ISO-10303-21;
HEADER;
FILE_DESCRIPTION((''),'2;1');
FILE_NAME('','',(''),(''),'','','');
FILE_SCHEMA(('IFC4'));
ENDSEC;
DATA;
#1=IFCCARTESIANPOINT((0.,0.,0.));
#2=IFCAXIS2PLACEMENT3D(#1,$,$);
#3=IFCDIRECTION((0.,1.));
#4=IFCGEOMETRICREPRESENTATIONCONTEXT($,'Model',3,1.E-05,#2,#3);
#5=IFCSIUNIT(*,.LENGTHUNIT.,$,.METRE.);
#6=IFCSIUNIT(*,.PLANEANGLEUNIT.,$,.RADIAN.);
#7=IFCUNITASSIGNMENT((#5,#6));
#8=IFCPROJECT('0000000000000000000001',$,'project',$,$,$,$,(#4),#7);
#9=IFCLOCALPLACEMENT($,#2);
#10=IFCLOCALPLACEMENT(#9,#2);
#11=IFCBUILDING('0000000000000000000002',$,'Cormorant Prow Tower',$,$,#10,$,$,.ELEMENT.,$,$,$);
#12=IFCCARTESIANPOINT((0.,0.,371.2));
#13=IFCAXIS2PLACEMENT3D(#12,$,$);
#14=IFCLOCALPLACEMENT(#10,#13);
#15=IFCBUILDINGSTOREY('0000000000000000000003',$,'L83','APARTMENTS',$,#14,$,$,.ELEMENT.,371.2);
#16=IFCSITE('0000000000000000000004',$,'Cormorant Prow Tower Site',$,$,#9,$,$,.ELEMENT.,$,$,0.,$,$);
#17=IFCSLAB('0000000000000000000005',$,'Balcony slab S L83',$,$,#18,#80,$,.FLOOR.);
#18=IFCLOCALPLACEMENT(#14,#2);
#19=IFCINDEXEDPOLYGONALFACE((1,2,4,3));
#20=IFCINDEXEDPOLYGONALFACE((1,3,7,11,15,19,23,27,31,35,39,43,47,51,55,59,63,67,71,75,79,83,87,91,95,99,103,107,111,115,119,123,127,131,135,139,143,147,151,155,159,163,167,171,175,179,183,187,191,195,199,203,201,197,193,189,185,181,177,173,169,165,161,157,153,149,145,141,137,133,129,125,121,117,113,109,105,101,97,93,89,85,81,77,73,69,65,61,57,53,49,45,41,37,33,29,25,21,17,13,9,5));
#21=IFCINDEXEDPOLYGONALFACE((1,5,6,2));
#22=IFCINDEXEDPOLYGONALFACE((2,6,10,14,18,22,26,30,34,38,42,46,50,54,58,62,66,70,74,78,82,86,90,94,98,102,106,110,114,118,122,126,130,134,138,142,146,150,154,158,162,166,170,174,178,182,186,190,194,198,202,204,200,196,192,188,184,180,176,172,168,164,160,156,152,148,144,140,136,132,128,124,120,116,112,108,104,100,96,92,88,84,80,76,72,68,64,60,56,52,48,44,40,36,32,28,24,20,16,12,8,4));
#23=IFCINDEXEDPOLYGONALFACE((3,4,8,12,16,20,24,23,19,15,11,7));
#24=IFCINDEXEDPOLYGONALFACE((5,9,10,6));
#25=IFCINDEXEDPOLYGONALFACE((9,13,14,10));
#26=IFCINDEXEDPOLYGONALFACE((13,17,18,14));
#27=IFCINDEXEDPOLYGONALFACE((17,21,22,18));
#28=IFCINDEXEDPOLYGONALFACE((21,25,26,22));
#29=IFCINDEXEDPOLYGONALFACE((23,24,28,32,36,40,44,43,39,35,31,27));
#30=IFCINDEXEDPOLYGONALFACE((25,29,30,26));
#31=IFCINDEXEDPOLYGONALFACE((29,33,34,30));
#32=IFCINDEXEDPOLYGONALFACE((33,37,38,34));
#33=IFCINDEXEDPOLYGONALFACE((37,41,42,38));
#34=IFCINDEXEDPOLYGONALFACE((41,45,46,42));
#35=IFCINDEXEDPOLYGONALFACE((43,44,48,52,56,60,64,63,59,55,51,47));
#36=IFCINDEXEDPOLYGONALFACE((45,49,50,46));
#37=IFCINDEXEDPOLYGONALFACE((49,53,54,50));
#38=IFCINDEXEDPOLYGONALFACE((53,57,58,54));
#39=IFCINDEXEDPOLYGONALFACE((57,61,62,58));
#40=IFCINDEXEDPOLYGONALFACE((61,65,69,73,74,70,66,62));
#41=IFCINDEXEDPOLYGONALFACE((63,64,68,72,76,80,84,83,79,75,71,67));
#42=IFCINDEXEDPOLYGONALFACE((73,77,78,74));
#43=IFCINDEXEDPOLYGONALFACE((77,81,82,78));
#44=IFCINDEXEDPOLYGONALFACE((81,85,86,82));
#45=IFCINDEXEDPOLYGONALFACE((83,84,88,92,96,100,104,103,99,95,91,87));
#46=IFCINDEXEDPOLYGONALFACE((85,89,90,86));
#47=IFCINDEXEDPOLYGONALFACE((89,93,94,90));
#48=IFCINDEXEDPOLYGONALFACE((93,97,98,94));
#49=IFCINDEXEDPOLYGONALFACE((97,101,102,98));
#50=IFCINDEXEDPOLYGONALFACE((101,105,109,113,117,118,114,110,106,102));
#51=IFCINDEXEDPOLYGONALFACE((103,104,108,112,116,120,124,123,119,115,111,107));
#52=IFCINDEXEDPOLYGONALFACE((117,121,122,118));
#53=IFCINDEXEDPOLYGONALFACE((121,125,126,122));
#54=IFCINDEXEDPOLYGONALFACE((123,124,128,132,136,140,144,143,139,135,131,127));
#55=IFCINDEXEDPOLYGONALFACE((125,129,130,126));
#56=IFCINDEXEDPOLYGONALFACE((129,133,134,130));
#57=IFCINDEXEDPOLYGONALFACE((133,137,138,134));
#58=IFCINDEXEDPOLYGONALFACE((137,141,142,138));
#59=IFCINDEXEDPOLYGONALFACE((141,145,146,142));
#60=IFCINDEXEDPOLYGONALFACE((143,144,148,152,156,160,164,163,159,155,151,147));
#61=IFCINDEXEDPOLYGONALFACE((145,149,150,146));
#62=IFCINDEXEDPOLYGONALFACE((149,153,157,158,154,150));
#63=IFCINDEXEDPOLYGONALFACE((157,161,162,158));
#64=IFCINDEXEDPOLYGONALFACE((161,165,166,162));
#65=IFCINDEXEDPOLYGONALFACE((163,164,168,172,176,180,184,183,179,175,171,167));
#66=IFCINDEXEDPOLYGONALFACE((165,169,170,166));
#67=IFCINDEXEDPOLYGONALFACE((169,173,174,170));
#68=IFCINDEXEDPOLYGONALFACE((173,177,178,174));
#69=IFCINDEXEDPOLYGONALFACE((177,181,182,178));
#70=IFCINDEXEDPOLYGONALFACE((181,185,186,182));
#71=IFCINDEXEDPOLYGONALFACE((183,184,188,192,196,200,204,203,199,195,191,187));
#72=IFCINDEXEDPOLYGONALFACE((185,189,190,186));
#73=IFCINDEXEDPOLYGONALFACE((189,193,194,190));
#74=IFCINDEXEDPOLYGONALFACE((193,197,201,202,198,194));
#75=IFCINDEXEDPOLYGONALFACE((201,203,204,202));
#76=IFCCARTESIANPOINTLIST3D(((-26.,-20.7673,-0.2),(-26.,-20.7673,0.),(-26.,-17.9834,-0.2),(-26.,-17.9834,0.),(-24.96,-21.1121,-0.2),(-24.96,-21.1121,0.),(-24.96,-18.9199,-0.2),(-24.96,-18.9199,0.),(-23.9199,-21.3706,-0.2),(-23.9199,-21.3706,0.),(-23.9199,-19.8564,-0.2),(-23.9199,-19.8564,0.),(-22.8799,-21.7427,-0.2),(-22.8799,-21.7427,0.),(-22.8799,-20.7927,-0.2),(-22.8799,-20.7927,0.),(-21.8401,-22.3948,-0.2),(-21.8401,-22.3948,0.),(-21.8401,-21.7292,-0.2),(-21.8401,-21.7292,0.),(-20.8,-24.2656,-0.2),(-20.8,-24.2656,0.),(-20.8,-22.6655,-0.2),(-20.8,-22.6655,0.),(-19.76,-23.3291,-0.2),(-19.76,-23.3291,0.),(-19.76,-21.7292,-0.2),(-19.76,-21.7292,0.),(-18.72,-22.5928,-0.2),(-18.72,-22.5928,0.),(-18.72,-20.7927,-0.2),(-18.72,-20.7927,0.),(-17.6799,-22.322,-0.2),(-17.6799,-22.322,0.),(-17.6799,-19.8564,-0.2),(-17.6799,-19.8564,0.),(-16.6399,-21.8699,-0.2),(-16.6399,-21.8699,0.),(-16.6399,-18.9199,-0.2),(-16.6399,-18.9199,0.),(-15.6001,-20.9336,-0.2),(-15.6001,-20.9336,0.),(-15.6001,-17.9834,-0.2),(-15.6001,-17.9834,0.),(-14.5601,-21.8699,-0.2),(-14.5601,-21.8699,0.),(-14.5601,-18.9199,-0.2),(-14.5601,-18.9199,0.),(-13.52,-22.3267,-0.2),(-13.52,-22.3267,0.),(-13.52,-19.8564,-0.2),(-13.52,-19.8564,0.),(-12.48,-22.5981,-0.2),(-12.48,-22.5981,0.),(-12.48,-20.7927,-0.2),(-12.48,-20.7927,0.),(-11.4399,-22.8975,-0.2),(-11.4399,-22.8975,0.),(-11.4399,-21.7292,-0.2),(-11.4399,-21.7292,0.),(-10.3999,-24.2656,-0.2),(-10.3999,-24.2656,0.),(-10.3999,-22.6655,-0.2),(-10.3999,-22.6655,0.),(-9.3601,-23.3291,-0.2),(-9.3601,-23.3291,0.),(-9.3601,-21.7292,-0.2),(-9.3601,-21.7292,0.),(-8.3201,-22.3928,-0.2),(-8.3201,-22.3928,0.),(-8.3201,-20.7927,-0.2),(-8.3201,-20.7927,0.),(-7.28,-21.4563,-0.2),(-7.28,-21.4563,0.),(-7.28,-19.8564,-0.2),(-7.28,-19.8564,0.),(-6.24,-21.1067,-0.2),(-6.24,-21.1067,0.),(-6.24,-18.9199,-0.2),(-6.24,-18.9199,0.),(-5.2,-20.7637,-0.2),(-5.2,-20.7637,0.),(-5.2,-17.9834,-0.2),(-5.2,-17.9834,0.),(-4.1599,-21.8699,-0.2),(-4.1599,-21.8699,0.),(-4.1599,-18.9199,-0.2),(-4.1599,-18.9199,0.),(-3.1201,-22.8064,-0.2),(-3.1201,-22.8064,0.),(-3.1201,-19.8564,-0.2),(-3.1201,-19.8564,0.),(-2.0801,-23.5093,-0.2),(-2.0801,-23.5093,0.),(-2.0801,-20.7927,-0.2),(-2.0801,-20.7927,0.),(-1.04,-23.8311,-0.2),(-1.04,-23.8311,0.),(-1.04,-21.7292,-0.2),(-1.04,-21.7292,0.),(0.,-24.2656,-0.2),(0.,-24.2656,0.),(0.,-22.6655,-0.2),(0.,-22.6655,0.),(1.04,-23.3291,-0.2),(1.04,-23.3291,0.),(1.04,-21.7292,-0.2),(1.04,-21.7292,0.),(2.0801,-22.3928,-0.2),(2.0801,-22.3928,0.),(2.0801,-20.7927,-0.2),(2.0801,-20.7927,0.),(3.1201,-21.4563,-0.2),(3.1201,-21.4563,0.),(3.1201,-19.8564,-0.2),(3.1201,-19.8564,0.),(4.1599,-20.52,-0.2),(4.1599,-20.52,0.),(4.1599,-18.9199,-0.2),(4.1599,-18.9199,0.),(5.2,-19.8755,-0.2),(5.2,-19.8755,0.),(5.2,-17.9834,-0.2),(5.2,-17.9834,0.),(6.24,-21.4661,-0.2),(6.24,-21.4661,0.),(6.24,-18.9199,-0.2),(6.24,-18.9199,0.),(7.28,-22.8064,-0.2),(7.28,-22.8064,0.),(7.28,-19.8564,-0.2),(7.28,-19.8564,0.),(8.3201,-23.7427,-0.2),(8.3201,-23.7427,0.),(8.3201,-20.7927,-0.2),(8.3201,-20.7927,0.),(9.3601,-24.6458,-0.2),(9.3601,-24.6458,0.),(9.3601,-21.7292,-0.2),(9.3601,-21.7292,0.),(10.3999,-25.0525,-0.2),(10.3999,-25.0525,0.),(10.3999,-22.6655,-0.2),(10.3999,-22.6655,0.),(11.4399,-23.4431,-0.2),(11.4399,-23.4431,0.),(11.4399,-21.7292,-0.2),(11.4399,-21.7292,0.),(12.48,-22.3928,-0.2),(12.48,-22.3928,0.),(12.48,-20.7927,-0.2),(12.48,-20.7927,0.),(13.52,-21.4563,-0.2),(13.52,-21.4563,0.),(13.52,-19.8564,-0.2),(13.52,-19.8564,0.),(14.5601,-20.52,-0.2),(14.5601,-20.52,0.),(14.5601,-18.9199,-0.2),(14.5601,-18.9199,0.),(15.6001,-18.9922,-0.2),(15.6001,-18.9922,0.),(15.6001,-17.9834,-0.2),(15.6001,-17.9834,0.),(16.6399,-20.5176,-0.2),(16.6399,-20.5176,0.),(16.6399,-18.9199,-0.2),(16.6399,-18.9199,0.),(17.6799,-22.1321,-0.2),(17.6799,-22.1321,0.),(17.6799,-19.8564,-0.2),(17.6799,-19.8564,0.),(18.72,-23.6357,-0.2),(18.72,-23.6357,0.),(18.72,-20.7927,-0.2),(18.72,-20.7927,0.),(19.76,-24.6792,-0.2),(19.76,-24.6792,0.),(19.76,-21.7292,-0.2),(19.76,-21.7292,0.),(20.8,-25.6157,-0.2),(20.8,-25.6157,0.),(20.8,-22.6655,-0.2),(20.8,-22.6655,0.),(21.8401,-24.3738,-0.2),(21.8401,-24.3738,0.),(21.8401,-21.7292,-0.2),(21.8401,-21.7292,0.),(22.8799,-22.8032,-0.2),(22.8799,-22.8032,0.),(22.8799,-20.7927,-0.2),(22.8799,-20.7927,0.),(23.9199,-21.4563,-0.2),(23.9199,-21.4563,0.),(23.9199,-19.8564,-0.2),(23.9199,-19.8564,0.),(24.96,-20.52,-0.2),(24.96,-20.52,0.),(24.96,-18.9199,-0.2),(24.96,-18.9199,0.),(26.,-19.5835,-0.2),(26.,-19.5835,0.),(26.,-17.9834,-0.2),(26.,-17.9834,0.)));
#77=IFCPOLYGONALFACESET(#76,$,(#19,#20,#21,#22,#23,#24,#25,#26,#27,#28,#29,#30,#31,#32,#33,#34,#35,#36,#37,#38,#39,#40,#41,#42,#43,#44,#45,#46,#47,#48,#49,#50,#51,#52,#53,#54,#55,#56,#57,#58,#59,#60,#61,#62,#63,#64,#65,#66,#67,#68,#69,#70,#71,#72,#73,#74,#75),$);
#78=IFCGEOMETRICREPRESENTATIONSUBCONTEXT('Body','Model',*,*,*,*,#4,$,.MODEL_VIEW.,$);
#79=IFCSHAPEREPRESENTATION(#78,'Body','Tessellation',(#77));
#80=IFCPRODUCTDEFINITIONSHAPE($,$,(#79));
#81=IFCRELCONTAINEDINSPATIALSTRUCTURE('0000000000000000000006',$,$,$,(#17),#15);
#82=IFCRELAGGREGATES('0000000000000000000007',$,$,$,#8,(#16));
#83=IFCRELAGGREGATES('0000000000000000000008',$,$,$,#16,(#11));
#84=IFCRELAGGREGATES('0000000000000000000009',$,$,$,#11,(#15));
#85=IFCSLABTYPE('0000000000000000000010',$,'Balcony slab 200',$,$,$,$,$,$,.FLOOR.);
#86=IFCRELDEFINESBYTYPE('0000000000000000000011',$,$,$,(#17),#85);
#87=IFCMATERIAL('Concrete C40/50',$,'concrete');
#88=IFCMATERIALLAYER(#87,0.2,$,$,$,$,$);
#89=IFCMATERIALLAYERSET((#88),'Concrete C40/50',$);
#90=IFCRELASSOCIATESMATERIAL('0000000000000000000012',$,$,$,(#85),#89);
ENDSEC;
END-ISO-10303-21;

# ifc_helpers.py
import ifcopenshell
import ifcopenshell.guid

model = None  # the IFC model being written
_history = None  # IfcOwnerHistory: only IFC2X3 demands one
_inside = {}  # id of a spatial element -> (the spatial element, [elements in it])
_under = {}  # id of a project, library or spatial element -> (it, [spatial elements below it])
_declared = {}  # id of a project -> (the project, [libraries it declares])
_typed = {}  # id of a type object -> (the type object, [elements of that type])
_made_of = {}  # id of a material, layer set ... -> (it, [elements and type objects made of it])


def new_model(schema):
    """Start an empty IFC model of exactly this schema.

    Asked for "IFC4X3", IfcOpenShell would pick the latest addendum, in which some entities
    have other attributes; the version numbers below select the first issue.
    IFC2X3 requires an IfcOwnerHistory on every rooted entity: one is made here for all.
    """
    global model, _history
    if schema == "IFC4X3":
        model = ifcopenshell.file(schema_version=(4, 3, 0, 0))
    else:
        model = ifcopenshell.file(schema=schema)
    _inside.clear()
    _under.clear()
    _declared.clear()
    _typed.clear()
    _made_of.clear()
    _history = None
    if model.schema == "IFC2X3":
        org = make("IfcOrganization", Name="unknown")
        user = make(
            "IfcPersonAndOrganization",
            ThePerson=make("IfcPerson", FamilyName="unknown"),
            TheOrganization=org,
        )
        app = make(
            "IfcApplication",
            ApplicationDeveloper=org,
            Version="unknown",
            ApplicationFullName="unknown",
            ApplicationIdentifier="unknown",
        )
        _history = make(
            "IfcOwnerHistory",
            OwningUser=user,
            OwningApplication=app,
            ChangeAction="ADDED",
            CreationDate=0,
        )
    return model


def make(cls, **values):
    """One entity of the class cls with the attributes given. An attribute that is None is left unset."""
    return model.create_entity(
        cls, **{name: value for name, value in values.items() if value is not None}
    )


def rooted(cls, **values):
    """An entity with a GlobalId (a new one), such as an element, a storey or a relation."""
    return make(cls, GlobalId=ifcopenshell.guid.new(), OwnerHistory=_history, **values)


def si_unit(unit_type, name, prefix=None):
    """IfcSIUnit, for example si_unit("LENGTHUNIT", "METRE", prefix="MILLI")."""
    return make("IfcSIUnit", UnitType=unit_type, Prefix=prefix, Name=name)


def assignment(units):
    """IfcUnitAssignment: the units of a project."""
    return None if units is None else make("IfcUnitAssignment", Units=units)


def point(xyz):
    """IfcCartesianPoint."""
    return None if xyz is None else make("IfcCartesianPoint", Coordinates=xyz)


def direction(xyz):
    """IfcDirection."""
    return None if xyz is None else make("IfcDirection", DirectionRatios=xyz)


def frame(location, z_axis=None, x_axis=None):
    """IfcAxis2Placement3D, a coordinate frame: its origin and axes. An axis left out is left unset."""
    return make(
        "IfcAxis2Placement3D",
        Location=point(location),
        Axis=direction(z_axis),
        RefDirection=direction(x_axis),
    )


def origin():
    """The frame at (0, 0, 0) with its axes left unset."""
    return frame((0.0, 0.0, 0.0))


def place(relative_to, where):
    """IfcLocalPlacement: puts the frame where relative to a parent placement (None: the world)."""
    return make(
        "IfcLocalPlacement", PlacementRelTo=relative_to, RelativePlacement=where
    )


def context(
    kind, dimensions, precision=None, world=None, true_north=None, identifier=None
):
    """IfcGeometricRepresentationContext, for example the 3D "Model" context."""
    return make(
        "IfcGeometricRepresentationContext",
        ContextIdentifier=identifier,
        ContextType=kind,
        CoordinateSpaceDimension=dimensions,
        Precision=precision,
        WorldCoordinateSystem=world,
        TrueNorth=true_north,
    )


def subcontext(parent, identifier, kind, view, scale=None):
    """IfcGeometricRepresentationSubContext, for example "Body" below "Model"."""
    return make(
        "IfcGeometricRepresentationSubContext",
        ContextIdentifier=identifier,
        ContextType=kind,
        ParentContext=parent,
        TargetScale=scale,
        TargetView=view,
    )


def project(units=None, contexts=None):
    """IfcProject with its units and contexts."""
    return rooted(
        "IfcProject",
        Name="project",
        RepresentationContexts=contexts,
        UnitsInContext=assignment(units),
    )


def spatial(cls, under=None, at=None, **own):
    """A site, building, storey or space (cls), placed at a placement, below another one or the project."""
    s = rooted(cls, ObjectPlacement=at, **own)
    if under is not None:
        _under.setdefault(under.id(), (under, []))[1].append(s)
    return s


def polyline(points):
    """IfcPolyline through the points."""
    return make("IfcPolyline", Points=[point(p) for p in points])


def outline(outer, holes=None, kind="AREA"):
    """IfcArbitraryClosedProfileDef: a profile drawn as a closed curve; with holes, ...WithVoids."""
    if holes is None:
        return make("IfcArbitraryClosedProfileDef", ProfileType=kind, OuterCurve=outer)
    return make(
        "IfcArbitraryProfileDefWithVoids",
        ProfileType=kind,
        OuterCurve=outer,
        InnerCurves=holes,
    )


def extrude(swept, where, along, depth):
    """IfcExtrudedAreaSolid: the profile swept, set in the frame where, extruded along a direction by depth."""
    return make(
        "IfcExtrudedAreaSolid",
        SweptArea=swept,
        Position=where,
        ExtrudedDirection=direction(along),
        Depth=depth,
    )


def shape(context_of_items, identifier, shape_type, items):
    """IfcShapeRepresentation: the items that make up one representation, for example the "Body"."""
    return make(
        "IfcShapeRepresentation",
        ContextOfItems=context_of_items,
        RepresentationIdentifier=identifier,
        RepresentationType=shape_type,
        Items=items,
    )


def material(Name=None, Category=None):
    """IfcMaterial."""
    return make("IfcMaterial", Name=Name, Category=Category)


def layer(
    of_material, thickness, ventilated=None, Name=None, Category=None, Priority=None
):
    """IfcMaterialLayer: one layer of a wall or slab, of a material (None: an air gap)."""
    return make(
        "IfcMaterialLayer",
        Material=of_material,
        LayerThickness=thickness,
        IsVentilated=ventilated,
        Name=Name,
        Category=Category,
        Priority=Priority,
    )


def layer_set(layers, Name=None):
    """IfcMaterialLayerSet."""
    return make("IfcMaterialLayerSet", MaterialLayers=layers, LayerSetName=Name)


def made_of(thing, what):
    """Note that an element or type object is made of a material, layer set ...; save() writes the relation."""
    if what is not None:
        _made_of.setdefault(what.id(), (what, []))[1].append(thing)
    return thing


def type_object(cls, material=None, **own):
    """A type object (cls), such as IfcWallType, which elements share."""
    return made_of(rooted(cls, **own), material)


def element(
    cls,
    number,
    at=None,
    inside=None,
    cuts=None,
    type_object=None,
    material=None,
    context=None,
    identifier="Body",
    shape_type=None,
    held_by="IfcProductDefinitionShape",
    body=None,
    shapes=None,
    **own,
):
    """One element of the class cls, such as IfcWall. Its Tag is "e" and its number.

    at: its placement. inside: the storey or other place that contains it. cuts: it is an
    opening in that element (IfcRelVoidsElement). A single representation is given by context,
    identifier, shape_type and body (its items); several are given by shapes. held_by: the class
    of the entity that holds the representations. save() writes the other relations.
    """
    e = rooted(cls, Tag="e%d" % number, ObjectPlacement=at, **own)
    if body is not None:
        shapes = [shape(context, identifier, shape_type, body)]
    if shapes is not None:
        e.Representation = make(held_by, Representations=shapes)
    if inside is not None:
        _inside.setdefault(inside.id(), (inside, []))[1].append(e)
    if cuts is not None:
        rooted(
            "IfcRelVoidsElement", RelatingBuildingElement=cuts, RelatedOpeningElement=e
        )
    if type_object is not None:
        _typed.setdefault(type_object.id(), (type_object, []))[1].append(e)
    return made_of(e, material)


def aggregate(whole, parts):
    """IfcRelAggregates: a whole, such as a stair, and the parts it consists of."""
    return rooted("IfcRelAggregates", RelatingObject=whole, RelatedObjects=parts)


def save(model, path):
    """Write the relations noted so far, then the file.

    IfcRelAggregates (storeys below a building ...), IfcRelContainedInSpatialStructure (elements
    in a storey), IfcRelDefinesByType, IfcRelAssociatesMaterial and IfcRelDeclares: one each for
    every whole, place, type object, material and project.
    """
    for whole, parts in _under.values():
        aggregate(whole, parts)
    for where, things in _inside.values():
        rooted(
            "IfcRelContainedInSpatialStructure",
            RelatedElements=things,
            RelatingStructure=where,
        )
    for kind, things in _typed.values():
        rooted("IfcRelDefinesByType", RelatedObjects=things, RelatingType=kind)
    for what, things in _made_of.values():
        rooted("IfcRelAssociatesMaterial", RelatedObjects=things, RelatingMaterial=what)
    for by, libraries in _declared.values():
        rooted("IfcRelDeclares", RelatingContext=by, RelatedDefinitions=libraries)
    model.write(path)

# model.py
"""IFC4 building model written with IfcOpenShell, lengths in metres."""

from ifc_helpers import new_model, si_unit, direction, frame, origin, place, context, subcontext, project, spatial, polyline, outline, extrude, material, layer, layer_set, type_object, element, save


model = new_model("IFC4")

# Units and contexts
model_context = context("Model", 3, precision=1e-05, world=origin(), true_north=direction((0.0, 1.0)))
body_context = subcontext(model_context, "Body", "Model", "MODEL_VIEW")
ifc_project = project(units=[si_unit("LENGTHUNIT", "METRE"), si_unit("PLANEANGLEUNIT", "RADIAN")], contexts=[model_context])

# Site, building, storey
site_placement = place(None, origin())
site = spatial("IfcSite", under=ifc_project, at=site_placement, Name="Cormorant Prow Tower Site", CompositionType="ELEMENT", RefElevation=0.0)
building_placement = place(site_placement, origin())
building = spatial("IfcBuilding", under=site, at=building_placement, Name="Cormorant Prow Tower", CompositionType="ELEMENT")
storey_placement = place(building_placement, frame((0.0, 0.0, 371.2)))
storey = spatial("IfcBuildingStorey", under=building, at=storey_placement, Name="L83", Description="APARTMENTS", CompositionType="ELEMENT", Elevation=371.2)

# Slab
ifc_material_1 = material(Name="Concrete C40/50", Category="concrete")
ifc_layer_1 = layer(ifc_material_1, 0.2)
ifc_layer_set_1 = layer_set([ifc_layer_1], Name="Concrete C40/50")
slab_type_1 = type_object("IfcSlabType", Name="Balcony slab 200", PredefinedType="FLOOR", material=ifc_layer_set_1)
slab_1_placement = place(storey_placement, frame((0.0, 0.0, -0.2)))
element("IfcSlab", 1, at=slab_1_placement, inside=storey, type_object=slab_type_1, Name="Balcony slab S L83", PredefinedType="FLOOR", context=body_context, shape_type="SweptSolid", body=[
    extrude(outline(polyline([(-26.0, -17.9834), (-26.0, -20.7673), (-24.96, -21.1121), (-23.9199, -21.3706), (-22.8799, -21.7427), (-21.8401, -22.3948), (-20.8, -24.2656), (-19.76, -23.3291), (-18.72, -22.5928), (-17.6799, -22.322), (-16.6399, -21.8699), (-15.6001, -20.9336), (-14.5601, -21.8699), (-13.52, -22.3267), (-12.48, -22.5981), (-11.4399, -22.8975), (-10.3999, -24.2656), (-9.3601, -23.3291), (-8.3201, -22.3928), (-7.28, -21.4563), (-6.24, -21.1067), (-5.2, -20.7637), (-4.1599, -21.8699), (-3.1201, -22.8064), (-2.0801, -23.5093), (-1.04, -23.8311), (0.0, -24.2656), (1.04, -23.3291), (2.0801, -22.3928), (3.1201, -21.4563), (4.1599, -20.52), (5.2, -19.8755), (6.24, -21.4661), (7.28, -22.8064), (8.3201, -23.7427), (9.3601, -24.6458), (10.3999, -25.0525), (11.4399, -23.4431), (12.48, -22.3928), (13.52, -21.4563), (14.5601, -20.52), (15.6001, -18.9922), (16.6399, -20.5176), (17.6799, -22.1321), (18.72, -23.6357), (19.76, -24.6792), (20.8, -25.6157), (21.8401, -24.3738), (22.8799, -22.8032), (23.9199, -21.4563), (24.96, -20.52), (26.0, -19.5835), (26.0, -17.9834), (24.96, -18.9199), (23.9199, -19.8564), (22.8799, -20.7927), (21.8401, -21.7292), (20.8, -22.6655), (19.76, -21.7292), (18.72, -20.7927), (17.6799, -19.8564), (16.6399, -18.9199), (15.6001, -17.9834), (14.5601, -18.9199), (13.52, -19.8564), (12.48, -20.7927), (11.4399, -21.7292), (10.3999, -22.6655), (9.3601, -21.7292), (8.3201, -20.7927), (7.28, -19.8564), (6.24, -18.9199), (5.2, -17.9834), (4.1599, -18.9199), (3.1201, -19.8564), (2.0801, -20.7927), (1.04, -21.7292), (0.0, -22.6655), (-1.04, -21.7292), (-2.0801, -20.7927), (-3.1201, -19.8564), (-4.1599, -18.9199), (-5.2, -17.9834), (-6.24, -18.9199), (-7.28, -19.8564), (-8.3201, -20.7927), (-9.3601, -21.7292), (-10.3999, -22.6655), (-11.4399, -21.7292), (-12.48, -20.7927), (-13.52, -19.8564), (-14.5601, -18.9199), (-15.6001, -17.9834), (-16.6399, -18.9199), (-17.6799, -19.8564), (-18.72, -20.7927), (-19.76, -21.7292), (-20.8, -22.6655), (-21.8401, -21.7292), (-22.8799, -20.7927), (-23.9199, -19.8564), (-24.96, -18.9199), (-26.0, -17.9834)])), origin(), (0.0, 0.0, 1.0), 0.2),
])

save(model, "model.ifc")
